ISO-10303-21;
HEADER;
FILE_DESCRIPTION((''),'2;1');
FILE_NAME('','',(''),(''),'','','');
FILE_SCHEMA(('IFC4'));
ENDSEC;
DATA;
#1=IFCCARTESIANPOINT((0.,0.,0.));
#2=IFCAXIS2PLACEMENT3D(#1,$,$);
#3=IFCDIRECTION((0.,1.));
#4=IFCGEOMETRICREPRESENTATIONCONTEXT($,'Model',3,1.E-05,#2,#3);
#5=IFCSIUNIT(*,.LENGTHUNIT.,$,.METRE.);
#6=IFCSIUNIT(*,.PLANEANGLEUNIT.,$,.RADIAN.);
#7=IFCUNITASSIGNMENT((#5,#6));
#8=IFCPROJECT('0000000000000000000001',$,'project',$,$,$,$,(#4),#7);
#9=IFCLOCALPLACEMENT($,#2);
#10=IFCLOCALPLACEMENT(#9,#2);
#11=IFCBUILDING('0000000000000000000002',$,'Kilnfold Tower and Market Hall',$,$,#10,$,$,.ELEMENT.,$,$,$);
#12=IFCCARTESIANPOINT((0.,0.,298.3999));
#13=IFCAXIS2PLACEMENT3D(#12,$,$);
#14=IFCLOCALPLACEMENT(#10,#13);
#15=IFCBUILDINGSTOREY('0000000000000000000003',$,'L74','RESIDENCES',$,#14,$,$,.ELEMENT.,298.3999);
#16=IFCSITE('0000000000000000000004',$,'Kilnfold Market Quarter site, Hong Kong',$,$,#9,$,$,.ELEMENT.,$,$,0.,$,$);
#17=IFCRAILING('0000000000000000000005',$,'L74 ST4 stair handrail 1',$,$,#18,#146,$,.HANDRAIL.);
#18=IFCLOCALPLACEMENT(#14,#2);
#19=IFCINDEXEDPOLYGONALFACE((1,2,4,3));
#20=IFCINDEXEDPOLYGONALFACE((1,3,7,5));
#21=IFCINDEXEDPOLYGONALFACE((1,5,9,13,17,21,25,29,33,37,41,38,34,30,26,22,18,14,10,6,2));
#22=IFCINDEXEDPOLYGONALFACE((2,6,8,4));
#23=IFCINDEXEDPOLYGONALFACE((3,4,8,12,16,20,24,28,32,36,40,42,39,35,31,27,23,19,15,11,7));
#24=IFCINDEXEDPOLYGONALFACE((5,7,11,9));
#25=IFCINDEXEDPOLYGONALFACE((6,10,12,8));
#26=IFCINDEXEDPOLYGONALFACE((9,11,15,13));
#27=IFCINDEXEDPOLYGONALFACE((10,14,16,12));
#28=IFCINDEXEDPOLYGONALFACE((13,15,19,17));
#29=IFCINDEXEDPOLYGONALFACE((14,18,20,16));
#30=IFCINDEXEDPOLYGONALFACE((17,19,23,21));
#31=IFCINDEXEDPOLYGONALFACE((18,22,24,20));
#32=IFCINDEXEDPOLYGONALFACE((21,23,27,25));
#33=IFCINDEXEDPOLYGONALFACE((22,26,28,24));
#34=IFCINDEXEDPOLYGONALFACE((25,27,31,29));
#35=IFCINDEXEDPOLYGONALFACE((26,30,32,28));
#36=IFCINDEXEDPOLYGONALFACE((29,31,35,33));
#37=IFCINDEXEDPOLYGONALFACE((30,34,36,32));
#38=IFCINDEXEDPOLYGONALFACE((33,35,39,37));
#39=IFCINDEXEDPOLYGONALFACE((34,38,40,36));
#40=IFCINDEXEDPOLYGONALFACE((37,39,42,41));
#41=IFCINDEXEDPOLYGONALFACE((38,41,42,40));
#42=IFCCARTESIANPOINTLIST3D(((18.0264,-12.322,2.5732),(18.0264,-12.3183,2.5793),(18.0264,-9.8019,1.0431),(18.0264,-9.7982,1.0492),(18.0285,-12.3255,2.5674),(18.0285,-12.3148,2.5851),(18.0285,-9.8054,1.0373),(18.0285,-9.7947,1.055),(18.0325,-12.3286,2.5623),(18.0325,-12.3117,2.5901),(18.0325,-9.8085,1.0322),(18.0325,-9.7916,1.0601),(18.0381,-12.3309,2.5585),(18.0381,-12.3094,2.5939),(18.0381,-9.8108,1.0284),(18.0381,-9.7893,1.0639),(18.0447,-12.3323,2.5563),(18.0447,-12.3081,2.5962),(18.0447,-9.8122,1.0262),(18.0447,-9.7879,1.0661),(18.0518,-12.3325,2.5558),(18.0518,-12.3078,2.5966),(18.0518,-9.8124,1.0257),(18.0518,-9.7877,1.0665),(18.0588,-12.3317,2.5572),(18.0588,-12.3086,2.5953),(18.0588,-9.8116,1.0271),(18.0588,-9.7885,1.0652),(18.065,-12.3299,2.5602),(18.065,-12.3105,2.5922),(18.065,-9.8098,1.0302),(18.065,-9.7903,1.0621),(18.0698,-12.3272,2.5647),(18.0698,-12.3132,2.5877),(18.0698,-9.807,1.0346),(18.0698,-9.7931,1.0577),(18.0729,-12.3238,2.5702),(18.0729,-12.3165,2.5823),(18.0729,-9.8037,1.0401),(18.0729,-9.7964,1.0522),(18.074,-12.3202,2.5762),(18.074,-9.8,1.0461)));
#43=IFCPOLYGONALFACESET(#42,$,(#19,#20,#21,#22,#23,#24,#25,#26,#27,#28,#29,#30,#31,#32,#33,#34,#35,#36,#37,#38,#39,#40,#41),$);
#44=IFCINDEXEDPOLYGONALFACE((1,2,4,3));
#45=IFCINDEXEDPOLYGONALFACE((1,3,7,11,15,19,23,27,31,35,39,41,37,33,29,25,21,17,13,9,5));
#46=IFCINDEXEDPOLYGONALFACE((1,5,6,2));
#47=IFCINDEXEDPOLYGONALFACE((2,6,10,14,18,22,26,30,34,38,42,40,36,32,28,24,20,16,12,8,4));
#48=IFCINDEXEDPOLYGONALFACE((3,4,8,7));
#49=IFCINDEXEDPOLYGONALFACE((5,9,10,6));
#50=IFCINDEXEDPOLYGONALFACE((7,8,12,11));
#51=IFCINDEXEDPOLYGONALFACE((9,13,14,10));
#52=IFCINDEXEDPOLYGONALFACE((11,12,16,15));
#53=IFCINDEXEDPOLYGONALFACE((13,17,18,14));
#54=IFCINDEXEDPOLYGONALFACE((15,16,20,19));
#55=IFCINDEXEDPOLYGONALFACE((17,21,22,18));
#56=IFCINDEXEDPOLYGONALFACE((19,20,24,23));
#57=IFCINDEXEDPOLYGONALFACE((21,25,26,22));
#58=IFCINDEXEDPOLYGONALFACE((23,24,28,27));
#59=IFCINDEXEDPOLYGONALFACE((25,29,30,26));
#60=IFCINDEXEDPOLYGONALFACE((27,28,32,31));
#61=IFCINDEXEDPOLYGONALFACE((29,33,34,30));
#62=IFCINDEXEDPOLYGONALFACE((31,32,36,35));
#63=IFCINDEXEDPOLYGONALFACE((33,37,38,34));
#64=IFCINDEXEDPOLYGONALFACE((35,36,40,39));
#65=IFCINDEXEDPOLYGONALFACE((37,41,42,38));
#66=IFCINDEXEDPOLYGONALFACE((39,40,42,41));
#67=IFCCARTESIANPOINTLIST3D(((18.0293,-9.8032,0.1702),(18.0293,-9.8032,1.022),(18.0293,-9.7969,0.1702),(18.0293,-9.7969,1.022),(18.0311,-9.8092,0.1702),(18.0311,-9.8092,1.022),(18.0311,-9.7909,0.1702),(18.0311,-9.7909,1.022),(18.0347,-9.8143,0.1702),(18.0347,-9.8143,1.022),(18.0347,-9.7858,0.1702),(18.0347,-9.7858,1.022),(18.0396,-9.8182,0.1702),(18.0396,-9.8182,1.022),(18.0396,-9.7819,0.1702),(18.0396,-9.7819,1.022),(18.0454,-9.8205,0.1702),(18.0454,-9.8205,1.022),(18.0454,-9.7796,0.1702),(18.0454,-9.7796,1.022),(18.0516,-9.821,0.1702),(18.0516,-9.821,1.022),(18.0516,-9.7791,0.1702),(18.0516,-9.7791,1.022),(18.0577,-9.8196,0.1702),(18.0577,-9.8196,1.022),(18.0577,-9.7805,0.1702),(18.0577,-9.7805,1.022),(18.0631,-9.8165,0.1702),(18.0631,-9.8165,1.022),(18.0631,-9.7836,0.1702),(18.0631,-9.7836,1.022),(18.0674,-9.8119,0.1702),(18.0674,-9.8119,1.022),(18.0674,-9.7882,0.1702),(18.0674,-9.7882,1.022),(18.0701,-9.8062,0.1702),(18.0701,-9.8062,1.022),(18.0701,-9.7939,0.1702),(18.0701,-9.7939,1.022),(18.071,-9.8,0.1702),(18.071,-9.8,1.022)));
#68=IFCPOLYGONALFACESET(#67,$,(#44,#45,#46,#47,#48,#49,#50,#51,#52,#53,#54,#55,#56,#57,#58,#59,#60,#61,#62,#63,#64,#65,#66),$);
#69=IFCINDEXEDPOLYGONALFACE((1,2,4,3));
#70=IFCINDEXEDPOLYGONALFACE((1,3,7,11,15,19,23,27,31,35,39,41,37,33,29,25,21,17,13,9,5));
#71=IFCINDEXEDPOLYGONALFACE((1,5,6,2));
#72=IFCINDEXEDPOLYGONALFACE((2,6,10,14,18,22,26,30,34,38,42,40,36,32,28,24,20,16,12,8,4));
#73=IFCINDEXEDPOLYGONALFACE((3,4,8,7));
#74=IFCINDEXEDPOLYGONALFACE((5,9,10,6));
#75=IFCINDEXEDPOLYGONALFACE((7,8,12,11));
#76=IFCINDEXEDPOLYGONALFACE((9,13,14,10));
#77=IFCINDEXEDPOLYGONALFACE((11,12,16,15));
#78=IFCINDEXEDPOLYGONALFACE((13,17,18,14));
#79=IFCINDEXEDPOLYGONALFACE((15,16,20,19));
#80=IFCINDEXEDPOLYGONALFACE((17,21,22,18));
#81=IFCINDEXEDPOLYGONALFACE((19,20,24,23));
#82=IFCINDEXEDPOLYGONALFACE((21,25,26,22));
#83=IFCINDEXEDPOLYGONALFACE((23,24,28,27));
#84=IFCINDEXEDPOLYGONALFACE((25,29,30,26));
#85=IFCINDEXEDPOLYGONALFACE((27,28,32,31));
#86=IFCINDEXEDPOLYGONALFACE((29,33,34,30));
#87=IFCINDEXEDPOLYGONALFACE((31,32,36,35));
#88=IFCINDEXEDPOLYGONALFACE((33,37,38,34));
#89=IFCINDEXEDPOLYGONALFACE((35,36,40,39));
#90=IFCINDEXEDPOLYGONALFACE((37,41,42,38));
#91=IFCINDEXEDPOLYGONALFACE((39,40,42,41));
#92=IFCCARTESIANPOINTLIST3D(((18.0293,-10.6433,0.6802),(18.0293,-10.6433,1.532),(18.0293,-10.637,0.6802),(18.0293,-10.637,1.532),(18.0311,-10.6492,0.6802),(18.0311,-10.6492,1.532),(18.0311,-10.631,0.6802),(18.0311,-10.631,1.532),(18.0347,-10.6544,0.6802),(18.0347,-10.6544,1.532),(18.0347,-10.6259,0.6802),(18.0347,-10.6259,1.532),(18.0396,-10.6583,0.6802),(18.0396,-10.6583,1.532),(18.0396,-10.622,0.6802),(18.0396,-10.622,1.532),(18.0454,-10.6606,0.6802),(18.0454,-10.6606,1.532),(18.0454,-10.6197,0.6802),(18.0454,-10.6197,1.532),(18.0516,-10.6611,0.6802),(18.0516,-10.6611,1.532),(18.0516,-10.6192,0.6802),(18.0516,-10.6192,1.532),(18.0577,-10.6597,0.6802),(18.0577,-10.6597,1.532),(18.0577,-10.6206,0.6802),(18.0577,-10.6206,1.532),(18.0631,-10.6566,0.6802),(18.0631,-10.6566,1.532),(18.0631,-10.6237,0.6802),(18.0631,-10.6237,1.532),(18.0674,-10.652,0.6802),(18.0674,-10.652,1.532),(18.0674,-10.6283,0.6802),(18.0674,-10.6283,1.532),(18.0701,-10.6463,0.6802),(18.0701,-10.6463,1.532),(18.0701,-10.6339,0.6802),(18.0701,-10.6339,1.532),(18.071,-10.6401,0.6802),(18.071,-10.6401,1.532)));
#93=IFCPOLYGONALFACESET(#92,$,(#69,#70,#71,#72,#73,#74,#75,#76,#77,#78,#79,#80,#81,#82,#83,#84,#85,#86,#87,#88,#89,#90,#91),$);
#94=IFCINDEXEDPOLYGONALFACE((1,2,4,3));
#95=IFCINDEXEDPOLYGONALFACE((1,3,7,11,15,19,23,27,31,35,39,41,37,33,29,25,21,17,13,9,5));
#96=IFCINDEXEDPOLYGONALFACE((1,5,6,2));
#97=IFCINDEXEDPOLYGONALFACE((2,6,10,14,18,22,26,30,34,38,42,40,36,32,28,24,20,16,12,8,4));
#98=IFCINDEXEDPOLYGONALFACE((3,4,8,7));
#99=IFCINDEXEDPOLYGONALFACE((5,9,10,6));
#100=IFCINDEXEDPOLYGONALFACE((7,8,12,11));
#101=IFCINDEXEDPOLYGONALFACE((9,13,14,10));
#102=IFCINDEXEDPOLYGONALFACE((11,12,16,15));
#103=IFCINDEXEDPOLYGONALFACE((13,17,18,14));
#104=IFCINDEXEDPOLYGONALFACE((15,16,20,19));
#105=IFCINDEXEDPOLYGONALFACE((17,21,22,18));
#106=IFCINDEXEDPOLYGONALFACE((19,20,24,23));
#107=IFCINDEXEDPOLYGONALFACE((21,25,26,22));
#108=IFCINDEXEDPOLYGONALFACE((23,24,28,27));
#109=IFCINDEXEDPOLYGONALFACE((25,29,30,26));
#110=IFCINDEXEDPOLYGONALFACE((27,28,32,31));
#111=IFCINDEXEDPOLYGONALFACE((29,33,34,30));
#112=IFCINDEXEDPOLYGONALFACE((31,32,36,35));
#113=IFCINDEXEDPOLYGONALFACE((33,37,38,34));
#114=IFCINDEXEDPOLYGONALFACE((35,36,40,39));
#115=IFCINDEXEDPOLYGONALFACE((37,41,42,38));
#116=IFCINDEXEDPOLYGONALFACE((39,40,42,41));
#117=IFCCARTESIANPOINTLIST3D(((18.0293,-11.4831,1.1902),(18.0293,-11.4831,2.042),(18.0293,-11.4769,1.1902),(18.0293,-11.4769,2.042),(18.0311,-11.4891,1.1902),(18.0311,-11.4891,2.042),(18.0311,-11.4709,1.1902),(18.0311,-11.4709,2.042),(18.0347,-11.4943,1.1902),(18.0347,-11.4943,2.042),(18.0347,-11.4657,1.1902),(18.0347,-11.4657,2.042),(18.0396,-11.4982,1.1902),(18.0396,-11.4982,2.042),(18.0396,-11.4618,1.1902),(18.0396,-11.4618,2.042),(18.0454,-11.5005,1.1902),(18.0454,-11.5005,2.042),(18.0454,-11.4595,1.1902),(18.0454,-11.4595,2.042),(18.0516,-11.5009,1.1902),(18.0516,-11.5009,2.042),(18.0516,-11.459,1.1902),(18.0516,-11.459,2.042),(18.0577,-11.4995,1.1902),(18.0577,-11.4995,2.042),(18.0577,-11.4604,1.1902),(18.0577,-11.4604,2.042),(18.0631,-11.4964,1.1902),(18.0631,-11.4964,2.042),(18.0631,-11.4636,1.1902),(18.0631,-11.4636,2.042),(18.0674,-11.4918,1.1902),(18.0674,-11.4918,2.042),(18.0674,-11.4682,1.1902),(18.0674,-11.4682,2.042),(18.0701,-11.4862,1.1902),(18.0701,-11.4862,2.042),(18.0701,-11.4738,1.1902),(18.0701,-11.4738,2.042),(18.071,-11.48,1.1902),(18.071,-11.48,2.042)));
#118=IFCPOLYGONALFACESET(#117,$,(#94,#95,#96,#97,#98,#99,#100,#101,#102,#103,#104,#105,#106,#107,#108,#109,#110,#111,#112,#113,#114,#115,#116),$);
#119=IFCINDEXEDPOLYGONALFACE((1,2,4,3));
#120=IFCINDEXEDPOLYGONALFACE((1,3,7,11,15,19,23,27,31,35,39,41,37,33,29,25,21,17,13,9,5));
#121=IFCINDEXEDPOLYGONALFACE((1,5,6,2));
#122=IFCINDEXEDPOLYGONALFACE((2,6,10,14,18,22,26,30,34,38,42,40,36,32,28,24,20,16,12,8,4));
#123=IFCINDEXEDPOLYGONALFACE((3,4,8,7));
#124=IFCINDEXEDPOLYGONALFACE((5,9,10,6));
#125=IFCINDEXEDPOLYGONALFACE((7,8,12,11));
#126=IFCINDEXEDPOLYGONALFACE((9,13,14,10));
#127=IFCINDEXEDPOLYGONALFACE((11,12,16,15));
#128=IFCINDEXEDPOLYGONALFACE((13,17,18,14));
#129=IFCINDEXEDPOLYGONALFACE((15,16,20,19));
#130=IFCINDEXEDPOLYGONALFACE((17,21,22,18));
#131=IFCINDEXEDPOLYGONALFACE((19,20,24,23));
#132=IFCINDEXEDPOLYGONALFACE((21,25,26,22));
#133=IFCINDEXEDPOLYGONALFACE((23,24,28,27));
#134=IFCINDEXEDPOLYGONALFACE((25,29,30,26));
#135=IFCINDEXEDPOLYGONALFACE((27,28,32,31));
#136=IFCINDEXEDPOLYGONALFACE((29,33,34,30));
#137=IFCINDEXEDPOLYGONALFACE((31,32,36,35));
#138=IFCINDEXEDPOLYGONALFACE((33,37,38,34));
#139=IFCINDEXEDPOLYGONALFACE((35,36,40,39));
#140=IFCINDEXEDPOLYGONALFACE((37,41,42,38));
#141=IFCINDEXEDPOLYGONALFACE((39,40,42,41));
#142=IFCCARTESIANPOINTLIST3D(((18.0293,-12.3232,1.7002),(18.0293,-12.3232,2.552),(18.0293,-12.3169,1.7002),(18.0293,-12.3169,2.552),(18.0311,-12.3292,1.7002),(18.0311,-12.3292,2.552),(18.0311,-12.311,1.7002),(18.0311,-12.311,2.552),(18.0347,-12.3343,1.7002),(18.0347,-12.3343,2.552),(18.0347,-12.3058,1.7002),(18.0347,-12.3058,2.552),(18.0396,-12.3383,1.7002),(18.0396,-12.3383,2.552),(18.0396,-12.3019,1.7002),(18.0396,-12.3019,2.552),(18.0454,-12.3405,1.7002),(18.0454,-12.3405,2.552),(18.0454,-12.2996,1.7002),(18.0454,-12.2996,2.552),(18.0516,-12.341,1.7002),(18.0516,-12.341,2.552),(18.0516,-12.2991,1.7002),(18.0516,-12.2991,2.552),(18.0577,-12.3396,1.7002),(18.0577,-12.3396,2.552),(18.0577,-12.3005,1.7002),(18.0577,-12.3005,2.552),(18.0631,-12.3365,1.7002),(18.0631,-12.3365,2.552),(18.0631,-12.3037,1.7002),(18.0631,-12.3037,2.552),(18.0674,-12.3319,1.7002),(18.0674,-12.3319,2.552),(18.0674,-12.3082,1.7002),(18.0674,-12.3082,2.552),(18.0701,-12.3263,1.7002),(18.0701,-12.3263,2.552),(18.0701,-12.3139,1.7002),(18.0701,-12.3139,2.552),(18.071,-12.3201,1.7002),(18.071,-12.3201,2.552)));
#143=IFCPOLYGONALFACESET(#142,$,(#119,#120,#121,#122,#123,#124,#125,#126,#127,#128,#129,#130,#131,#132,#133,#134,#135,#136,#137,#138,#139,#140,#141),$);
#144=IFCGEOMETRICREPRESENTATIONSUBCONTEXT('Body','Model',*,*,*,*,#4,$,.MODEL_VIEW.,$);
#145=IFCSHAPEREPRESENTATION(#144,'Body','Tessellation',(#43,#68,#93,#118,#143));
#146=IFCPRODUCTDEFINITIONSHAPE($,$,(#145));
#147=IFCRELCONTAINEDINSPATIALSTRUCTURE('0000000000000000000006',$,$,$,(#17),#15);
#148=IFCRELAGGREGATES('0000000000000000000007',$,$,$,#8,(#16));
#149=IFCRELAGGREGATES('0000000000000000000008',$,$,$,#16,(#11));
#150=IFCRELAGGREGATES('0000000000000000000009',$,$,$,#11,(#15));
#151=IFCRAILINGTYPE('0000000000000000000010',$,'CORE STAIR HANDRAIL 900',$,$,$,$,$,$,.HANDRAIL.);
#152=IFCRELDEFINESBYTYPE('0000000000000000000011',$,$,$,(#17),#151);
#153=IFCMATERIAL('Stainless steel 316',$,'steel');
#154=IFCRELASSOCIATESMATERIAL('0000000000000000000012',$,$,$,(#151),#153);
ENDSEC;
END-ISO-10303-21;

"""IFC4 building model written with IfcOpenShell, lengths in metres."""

from ifc_helpers import new_model, si_unit, direction, frame, origin, origin_2d, place, context, subcontext, project, spatial, circle, extrude, material, type_object, element, save


model = new_model("IFC4")

# Units and contexts
model_context = context("Model", 3, precision=1e-05, world=origin(), true_north=direction((0.0, 1.0)))
body_context = subcontext(model_context, "Body", "Model", "MODEL_VIEW")
ifc_project = project(units=[si_unit("LENGTHUNIT", "METRE"), si_unit("PLANEANGLEUNIT", "RADIAN")], contexts=[model_context])

# Site, building, storey
site_placement = place(None, origin())
site = spatial("IfcSite", under=ifc_project, at=site_placement, Name="Kilnfold Market Quarter site, Hong Kong", CompositionType="ELEMENT", RefElevation=0.0)
building_placement = place(site_placement, origin())
building = spatial("IfcBuilding", under=site, at=building_placement, Name="Kilnfold Tower and Market Hall", CompositionType="ELEMENT")
storey_placement = place(building_placement, frame((0.0, 0.0, 298.3999)))
storey = spatial("IfcBuildingStorey", under=building, at=storey_placement, Name="L74", Description="RESIDENCES", CompositionType="ELEMENT", Elevation=298.3999)

# Railing
ifc_material_1 = material(Name="Stainless steel 316", Category="steel")
railing_type_1 = type_object("IfcRailingType", Name="CORE STAIR HANDRAIL 900", PredefinedType="HANDRAIL", material=ifc_material_1)
railing_1_placement = place(storey_placement, frame((18.05, -9.8, 0.1702)))
element("IfcRailing", 1, at=railing_1_placement, inside=storey, type_object=railing_type_1, Name="L74 ST4 stair handrail 1", PredefinedType="HANDRAIL", context=body_context, shape_type="SweptSolid", body=[
    extrude(circle(Radius=0.0239, at=origin_2d()), frame((0.0, 0.0, 0.876), z_axis=(0.0, -0.854785, 0.518982), x_axis=(1.0, 0.0, 0.0)), (0.0, 0.0, 1.0), 2.9482),
    extrude(circle(Radius=0.021, at=origin_2d()), origin(), (0.0, 0.0, 1.0), 0.8518),
    extrude(circle(Radius=0.021, at=origin_2d()), frame((0.0, -0.8401, 0.51)), (0.0, 0.0, 1.0), 0.8518),
    extrude(circle(Radius=0.021, at=origin_2d()), frame((0.0, -1.6799, 1.02)), (0.0, 0.0, 1.0), 0.8518),
    extrude(circle(Radius=0.021, at=origin_2d()), frame((0.0, -2.52, 1.53)), (0.0, 0.0, 1.0), 0.8518),
])

save(model, "model.ifc")
